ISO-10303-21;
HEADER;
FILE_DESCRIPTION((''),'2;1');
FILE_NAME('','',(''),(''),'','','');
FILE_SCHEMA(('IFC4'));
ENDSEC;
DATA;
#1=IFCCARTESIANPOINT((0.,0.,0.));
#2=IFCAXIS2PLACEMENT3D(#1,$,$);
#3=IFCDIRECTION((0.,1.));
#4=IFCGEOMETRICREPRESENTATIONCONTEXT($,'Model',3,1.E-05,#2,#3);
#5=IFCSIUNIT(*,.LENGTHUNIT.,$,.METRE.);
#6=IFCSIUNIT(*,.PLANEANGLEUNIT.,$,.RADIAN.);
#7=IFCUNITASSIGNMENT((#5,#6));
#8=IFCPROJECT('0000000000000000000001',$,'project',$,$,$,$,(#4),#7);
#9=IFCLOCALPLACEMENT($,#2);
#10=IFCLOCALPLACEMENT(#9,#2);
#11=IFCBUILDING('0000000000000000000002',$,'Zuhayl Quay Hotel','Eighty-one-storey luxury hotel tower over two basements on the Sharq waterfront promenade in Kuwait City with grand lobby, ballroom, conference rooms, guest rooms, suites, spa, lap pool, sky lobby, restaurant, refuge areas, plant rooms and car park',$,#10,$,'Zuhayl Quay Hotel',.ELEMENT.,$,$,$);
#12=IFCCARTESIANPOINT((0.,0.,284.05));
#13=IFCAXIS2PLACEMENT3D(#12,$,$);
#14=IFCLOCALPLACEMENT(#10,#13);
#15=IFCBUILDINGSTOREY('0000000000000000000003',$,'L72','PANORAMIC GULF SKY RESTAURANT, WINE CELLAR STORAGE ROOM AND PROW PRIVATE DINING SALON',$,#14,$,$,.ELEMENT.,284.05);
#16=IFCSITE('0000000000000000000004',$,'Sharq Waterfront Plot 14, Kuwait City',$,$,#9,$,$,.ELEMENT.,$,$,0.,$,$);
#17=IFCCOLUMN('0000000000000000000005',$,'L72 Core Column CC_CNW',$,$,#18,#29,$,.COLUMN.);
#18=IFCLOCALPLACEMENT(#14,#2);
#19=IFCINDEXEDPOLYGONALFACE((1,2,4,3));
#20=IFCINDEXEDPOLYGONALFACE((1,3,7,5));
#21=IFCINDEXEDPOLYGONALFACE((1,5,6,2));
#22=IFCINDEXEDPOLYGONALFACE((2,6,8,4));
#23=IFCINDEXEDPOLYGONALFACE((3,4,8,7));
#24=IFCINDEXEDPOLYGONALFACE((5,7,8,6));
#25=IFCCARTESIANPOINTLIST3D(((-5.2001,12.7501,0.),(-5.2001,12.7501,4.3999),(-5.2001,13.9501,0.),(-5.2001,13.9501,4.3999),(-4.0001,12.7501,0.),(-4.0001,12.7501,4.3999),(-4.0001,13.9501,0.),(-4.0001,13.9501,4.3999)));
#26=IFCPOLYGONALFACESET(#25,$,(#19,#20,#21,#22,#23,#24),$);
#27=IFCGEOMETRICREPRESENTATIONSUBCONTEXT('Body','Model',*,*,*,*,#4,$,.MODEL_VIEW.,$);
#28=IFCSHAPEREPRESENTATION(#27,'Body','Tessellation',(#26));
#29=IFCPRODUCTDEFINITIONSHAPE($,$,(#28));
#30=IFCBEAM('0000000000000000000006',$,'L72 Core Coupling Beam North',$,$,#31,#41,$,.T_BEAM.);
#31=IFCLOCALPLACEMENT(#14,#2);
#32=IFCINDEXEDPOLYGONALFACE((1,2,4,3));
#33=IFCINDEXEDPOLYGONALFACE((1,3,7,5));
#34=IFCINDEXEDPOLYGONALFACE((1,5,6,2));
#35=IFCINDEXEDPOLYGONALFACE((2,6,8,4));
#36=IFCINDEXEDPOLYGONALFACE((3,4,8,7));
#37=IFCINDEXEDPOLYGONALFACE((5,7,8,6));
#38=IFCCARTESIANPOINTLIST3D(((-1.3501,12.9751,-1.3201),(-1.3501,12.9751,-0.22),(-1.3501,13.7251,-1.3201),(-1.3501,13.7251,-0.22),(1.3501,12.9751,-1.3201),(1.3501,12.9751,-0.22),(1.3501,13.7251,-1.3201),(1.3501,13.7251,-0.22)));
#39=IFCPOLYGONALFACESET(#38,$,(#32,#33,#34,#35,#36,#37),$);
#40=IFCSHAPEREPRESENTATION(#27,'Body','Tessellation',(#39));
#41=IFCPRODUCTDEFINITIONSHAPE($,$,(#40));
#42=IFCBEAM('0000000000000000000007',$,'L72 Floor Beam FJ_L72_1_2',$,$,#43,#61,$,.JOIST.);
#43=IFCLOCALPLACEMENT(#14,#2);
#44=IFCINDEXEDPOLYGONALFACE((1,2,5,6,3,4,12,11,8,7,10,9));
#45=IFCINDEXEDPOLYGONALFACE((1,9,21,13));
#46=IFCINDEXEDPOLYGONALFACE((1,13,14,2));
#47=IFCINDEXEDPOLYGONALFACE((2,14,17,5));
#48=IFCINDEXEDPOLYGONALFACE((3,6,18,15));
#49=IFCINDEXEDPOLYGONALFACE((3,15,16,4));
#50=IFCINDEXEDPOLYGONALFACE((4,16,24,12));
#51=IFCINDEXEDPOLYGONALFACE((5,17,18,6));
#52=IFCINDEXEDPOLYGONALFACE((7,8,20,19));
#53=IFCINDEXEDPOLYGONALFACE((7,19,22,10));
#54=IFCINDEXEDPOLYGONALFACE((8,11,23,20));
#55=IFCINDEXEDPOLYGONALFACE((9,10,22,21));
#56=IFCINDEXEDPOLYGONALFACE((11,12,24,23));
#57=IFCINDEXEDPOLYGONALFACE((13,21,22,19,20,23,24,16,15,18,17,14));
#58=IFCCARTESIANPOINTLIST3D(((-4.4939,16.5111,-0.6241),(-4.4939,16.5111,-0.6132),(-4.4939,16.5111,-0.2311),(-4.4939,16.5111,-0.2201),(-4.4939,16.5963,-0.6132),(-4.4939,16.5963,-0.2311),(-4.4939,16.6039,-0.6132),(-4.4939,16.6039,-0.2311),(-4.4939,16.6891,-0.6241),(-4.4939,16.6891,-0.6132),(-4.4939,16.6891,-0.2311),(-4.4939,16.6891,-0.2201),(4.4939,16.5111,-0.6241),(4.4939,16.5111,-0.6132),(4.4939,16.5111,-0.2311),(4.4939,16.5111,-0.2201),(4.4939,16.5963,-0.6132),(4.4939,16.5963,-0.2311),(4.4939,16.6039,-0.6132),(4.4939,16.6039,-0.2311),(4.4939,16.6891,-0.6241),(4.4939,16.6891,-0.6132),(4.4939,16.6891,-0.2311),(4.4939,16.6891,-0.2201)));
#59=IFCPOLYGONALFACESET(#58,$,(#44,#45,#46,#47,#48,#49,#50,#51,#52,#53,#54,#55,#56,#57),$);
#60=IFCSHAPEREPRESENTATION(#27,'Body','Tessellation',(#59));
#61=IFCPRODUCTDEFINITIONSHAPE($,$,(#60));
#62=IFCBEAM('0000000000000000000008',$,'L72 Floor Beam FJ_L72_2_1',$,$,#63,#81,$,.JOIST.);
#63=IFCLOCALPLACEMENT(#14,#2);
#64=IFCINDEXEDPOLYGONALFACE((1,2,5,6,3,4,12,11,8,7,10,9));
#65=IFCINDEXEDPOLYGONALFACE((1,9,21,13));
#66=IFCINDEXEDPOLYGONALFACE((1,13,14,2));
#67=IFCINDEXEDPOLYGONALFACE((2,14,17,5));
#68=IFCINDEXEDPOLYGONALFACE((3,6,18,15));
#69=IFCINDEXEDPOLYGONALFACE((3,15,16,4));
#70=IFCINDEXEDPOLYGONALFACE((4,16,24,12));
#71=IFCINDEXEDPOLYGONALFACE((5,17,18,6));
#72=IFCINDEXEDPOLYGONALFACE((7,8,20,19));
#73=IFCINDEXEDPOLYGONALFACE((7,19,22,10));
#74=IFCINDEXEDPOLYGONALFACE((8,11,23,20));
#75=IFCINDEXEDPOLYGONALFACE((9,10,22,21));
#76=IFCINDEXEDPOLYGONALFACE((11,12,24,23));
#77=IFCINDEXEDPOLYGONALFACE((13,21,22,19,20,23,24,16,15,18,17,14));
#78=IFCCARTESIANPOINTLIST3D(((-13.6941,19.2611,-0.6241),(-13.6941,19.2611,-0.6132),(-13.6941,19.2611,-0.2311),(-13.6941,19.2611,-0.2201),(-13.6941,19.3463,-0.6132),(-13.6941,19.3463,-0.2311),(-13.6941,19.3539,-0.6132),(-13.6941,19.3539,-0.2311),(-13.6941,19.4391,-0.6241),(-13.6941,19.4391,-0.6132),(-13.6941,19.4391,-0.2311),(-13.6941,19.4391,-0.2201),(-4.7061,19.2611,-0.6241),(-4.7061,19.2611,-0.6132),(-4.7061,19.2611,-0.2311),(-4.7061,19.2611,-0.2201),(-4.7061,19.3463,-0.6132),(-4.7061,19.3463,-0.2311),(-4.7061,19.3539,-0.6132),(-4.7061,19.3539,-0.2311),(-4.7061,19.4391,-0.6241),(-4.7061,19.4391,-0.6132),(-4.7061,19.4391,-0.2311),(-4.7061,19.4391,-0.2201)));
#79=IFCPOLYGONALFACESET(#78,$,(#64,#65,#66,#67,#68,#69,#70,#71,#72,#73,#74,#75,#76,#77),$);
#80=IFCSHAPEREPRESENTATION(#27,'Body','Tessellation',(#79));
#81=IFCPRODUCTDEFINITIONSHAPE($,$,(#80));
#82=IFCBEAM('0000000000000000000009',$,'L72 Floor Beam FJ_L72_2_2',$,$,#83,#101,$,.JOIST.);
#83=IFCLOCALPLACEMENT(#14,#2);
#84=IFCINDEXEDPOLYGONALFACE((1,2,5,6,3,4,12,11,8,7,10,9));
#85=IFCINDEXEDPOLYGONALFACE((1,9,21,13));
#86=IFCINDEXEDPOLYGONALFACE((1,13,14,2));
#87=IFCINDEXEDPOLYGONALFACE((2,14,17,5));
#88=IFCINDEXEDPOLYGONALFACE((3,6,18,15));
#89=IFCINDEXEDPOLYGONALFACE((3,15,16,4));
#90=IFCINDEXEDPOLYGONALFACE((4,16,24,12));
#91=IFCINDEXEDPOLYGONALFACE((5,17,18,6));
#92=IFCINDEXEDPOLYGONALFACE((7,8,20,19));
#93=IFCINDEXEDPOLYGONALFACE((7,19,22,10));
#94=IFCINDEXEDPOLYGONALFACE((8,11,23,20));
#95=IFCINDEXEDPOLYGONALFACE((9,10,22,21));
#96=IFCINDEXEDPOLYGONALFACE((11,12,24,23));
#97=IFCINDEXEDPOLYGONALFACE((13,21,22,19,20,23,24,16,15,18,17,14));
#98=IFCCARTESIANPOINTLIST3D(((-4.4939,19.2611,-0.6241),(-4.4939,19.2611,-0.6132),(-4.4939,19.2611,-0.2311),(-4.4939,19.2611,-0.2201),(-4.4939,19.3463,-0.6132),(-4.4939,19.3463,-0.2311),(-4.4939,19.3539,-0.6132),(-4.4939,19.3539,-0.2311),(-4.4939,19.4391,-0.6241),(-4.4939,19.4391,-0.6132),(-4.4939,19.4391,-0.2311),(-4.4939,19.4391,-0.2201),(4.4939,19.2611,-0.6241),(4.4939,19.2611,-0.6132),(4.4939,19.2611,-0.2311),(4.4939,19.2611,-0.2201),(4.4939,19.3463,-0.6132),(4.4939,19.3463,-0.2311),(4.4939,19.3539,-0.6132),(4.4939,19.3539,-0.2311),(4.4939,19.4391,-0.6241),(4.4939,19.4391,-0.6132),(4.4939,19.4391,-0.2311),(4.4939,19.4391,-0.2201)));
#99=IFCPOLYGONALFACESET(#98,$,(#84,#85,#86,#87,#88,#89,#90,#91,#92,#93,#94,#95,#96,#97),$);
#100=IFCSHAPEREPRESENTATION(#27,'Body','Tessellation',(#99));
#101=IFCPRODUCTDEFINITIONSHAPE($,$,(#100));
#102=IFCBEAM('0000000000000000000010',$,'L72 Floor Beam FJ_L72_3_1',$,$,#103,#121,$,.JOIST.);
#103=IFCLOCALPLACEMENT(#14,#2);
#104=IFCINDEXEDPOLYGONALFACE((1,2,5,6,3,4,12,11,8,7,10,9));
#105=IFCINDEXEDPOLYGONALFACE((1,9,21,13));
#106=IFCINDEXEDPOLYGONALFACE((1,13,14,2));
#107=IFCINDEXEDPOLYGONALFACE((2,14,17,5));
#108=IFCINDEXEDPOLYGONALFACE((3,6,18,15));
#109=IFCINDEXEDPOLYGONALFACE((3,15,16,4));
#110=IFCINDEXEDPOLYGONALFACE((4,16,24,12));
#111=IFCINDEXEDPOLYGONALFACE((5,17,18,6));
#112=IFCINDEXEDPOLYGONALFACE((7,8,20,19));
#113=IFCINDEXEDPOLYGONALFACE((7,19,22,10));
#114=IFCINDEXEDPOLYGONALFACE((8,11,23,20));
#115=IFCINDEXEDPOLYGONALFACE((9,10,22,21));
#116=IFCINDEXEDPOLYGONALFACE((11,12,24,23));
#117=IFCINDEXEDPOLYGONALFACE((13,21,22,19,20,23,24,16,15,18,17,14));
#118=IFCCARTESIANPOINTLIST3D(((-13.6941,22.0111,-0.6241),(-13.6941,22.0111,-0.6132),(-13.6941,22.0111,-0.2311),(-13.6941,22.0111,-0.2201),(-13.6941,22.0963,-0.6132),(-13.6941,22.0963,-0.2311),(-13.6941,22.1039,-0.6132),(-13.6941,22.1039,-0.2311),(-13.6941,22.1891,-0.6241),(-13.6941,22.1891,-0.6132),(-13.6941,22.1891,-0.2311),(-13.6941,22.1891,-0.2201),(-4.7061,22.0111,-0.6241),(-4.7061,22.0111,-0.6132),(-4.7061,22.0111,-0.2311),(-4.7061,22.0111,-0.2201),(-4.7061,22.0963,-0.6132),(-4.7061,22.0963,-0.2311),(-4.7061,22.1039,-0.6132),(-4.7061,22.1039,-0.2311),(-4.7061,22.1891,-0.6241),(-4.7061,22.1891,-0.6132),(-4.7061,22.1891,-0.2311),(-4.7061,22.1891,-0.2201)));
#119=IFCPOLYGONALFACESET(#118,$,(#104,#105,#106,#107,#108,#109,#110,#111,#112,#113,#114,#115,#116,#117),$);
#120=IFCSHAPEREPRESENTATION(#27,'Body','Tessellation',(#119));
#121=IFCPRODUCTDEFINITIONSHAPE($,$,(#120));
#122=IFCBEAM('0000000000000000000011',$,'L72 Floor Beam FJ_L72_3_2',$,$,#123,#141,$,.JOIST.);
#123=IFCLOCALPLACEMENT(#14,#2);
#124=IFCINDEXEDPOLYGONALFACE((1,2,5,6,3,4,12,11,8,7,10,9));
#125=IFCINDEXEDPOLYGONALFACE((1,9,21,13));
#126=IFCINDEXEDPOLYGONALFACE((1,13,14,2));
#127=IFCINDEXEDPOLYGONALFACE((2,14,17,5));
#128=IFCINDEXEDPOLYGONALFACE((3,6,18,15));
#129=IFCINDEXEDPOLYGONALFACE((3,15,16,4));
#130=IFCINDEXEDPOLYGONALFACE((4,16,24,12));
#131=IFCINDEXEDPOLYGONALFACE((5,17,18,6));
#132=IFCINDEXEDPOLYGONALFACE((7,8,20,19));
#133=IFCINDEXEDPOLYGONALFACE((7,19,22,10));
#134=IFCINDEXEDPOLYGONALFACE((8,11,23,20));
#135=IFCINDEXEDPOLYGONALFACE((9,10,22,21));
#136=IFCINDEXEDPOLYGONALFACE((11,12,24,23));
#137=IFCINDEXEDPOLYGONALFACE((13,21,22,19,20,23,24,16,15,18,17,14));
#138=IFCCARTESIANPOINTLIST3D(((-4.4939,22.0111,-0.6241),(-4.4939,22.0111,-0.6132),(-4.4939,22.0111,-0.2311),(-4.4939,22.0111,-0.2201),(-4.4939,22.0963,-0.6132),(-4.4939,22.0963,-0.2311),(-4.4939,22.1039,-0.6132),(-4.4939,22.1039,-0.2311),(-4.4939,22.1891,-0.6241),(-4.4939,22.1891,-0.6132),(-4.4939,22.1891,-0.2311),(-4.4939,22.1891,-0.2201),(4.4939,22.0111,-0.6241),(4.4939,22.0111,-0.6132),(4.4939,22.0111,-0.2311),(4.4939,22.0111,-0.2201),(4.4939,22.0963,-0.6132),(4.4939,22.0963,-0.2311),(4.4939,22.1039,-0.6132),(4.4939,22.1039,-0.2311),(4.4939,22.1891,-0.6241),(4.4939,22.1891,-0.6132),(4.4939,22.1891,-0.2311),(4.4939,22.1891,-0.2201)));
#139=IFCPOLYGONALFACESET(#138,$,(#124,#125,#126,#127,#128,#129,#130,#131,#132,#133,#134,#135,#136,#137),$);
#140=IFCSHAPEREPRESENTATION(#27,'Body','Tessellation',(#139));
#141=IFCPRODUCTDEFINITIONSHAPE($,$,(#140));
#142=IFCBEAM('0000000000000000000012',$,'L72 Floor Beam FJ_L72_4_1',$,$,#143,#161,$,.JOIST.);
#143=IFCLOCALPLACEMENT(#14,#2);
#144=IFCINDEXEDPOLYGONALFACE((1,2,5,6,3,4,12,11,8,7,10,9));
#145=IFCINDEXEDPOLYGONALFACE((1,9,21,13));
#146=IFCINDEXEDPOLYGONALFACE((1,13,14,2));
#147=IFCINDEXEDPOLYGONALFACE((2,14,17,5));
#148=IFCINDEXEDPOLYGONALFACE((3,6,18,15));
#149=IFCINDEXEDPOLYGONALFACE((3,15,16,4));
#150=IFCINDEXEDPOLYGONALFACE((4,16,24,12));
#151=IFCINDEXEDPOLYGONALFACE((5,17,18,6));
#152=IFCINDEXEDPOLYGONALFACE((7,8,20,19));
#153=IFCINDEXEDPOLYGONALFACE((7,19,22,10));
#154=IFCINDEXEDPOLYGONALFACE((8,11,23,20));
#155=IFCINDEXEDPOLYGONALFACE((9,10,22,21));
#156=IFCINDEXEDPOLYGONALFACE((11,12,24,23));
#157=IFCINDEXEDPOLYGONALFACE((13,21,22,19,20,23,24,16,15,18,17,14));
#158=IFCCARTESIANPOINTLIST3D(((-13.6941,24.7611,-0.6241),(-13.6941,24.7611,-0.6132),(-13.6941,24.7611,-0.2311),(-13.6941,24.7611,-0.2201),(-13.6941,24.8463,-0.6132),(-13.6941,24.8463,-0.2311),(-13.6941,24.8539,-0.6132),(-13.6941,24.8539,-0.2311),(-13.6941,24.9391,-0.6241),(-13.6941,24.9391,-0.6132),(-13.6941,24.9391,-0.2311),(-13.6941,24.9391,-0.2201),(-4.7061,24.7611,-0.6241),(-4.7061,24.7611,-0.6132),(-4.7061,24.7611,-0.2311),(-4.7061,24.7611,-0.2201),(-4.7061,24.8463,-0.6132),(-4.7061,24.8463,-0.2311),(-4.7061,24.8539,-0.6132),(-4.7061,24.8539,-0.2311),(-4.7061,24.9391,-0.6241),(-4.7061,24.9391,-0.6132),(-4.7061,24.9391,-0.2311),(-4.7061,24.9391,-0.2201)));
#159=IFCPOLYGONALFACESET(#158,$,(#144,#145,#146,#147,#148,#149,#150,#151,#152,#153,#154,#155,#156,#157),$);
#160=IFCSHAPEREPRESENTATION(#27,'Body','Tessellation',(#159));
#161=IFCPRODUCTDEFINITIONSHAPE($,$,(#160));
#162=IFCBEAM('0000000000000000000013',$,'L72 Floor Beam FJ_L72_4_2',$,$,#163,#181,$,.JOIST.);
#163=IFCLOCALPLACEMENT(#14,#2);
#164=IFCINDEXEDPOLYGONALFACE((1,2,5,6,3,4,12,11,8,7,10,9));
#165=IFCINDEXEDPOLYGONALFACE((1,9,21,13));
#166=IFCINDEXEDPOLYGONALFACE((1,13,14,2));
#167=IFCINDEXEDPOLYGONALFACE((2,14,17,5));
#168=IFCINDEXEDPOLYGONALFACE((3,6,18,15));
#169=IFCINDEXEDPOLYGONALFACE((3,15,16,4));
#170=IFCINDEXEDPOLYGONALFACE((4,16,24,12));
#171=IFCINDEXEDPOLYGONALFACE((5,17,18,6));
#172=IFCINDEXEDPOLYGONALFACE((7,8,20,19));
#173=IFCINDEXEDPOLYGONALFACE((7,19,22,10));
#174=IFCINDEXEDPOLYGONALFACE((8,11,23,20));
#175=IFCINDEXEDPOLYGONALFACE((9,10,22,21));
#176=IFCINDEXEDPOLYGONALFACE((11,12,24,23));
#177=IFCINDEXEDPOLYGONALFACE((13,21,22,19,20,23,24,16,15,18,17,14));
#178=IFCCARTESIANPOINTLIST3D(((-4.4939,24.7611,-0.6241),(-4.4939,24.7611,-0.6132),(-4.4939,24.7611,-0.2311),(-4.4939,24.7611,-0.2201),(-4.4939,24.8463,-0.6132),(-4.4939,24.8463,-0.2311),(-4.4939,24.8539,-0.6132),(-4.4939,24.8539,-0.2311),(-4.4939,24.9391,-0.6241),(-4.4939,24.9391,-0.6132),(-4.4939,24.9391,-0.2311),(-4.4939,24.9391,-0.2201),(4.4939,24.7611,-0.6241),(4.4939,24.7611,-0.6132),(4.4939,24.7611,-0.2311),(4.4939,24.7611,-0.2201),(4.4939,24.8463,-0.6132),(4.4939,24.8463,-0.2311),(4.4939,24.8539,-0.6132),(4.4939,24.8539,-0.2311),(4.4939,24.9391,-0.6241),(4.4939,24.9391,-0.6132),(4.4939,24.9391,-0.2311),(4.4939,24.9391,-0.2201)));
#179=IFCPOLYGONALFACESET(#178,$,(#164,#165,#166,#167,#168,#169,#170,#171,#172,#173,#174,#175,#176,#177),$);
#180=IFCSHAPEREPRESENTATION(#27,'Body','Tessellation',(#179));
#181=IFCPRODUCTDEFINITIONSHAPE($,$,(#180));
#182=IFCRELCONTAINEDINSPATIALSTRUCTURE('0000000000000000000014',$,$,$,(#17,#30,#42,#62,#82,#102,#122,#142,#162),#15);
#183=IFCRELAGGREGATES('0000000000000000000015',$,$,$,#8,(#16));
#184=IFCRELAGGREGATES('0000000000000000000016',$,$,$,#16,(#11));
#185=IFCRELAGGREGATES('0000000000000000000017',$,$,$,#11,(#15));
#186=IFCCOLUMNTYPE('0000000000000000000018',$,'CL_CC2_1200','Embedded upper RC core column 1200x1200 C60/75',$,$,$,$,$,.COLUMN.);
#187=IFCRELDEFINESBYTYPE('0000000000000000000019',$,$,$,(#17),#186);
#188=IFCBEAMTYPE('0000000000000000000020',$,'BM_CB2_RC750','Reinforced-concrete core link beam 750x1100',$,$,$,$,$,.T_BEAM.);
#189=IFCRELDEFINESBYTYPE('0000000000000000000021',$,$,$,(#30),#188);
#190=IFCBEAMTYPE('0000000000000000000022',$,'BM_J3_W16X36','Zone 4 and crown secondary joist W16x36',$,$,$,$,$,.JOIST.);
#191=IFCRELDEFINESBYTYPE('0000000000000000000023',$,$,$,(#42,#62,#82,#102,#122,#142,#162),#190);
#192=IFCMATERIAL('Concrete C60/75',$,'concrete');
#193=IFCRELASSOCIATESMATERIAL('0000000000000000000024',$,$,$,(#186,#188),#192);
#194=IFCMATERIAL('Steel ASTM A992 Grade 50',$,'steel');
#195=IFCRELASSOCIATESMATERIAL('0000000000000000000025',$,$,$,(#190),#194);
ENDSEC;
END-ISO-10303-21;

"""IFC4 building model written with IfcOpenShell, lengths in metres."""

from ifc_helpers import new_model, si_unit, direction, frame, origin, origin_2d, place, context, subcontext, project, spatial, rectangle, i_section, extrude, material, material_profile, profile_set, type_object, element, save


model = new_model("IFC4")

# Units and contexts
model_context = context("Model", 3, precision=1e-05, world=origin(), true_north=direction((0.0, 1.0)))
body_context = subcontext(model_context, "Body", "Model", "MODEL_VIEW")
ifc_project = project(units=[si_unit("LENGTHUNIT", "METRE"), si_unit("PLANEANGLEUNIT", "RADIAN")], contexts=[model_context])

# Site, building, storey
site_placement = place(None, origin())
site = spatial("IfcSite", under=ifc_project, at=site_placement, Name="Sharq Waterfront Plot 14, Kuwait City", CompositionType="ELEMENT", RefElevation=0.0)
building_placement = place(site_placement, origin())
building = spatial("IfcBuilding", under=site, at=building_placement, Name="Zuhayl Quay Hotel", Description="Eighty-one-storey luxury hotel tower over two basements on the Sharq waterfront promenade in Kuwait City with grand lobby, ballroom, conference rooms, guest rooms, suites, spa, lap pool, sky lobby, restaurant, refuge areas, plant rooms and car park", LongName="Zuhayl Quay Hotel", CompositionType="ELEMENT")
storey_placement = place(building_placement, frame((0.0, 0.0, 284.05)))
storey = spatial("IfcBuildingStorey", under=building, at=storey_placement, Name="L72", Description="PANORAMIC GULF SKY RESTAURANT, WINE CELLAR STORAGE ROOM AND PROW PRIVATE DINING SALON", CompositionType="ELEMENT", Elevation=284.05)

# Column
ifc_material_1 = material(Name="Concrete C60/75", Category="concrete")
ifc_material_profile_1 = material_profile(ifc_material_1, rectangle(XDim=1.2, YDim=1.2, at=origin_2d()), Name="RC1200X1200")
ifc_profile_set_1 = profile_set([ifc_material_profile_1], Name="Concrete C60/75")
column_type = type_object("IfcColumnType", Name="CL_CC2_1200", Description="Embedded upper RC core column 1200x1200 C60/75", PredefinedType="COLUMN", material=ifc_profile_set_1)
column_placement = place(storey_placement, frame((-4.6001, 13.3501, 0.0), z_axis=(0.0, 0.0, 1.0), x_axis=(1.0, 0.0, 0.0)))
element("IfcColumn", 1, at=column_placement, inside=storey, type_object=column_type, Name="L72 Core Column CC_CNW", PredefinedType="COLUMN", context=body_context, shape_type="SweptSolid", body=[
    extrude(rectangle(XDim=1.2, YDim=1.2, at=origin_2d()), origin(), (0.0, 0.0, 1.0), 4.3999),
])

# Beams
ifc_material_profile_2 = material_profile(ifc_material_1, rectangle(XDim=0.75, YDim=1.1001, at=origin_2d()), Name="RC750X1100")
ifc_profile_set_2 = profile_set([ifc_material_profile_2], Name="Concrete C60/75")
beam_type_1 = type_object("IfcBeamType", Name="BM_CB2_RC750", Description="Reinforced-concrete core link beam 750x1100", PredefinedType="T_BEAM", material=ifc_profile_set_2)
beam_1_placement = place(storey_placement, frame((-1.3501, 13.3501, -0.77), z_axis=(1.0, 0.0, 0.0), x_axis=(0.0, 1.0, 0.0)))
element("IfcBeam", 2, at=beam_1_placement, inside=storey, type_object=beam_type_1, Name="L72 Core Coupling Beam North", PredefinedType="T_BEAM", context=body_context, shape_type="SweptSolid", body=[
    extrude(rectangle(XDim=0.75, YDim=1.1001, at=origin_2d()), origin(), (0.0, 0.0, 1.0), 2.7002),
])
ifc_material_2 = material(Name="Steel ASTM A992 Grade 50", Category="steel")
ifc_material_profile_3 = material_profile(ifc_material_2, i_section(OverallWidth=0.178, OverallDepth=0.4041, WebThickness=0.0076, FlangeThickness=0.011, at=origin_2d()), Name="W16X36")
ifc_profile_set_3 = profile_set([ifc_material_profile_3], Name="Steel ASTM A992 Grade 50")
beam_type_2 = type_object("IfcBeamType", Name="BM_J3_W16X36", Description="Zone 4 and crown secondary joist W16x36", PredefinedType="JOIST", material=ifc_profile_set_3)
beam_2_placement = place(storey_placement, frame((-4.4939, 16.6001, -0.4221), z_axis=(1.0, 0.0, 0.0), x_axis=(0.0, 1.0, 0.0)))
element("IfcBeam", 3, at=beam_2_placement, inside=storey, type_object=beam_type_2, Name="L72 Floor Beam FJ_L72_1_2", PredefinedType="JOIST", context=body_context, shape_type="SweptSolid", body=[
    extrude(i_section(OverallWidth=0.178, OverallDepth=0.4041, WebThickness=0.0076, FlangeThickness=0.011, at=origin_2d()), origin(), (0.0, 0.0, 1.0), 8.9878),
])
beam_3_placement = place(storey_placement, frame((-13.6941, 19.3501, -0.4221), z_axis=(1.0, 0.0, 0.0), x_axis=(0.0, 1.0, 0.0)))
element("IfcBeam", 4, at=beam_3_placement, inside=storey, type_object=beam_type_2, Name="L72 Floor Beam FJ_L72_2_1", PredefinedType="JOIST", context=body_context, shape_type="SweptSolid", body=[
    extrude(i_section(OverallWidth=0.178, OverallDepth=0.4041, WebThickness=0.0076, FlangeThickness=0.011, at=origin_2d()), origin(), (0.0, 0.0, 1.0), 8.988),
])
beam_4_placement = place(storey_placement, frame((-4.4939, 19.3501, -0.4221), z_axis=(1.0, 0.0, 0.0), x_axis=(0.0, 1.0, 0.0)))
element("IfcBeam", 5, at=beam_4_placement, inside=storey, type_object=beam_type_2, Name="L72 Floor Beam FJ_L72_2_2", PredefinedType="JOIST", context=body_context, shape_type="SweptSolid", body=[
    extrude(i_section(OverallWidth=0.178, OverallDepth=0.4041, WebThickness=0.0076, FlangeThickness=0.011, at=origin_2d()), origin(), (0.0, 0.0, 1.0), 8.9878),
])
beam_5_placement = place(storey_placement, frame((-13.6941, 22.1001, -0.4221), z_axis=(1.0, 0.0, 0.0), x_axis=(0.0, 1.0, 0.0)))
element("IfcBeam", 6, at=beam_5_placement, inside=storey, type_object=beam_type_2, Name="L72 Floor Beam FJ_L72_3_1", PredefinedType="JOIST", context=body_context, shape_type="SweptSolid", body=[
    extrude(i_section(OverallWidth=0.178, OverallDepth=0.4041, WebThickness=0.0076, FlangeThickness=0.011, at=origin_2d()), origin(), (0.0, 0.0, 1.0), 8.988),
])
beam_6_placement = place(storey_placement, frame((-4.4939, 22.1001, -0.4221), z_axis=(1.0, 0.0, 0.0), x_axis=(0.0, 1.0, 0.0)))
element("IfcBeam", 7, at=beam_6_placement, inside=storey, type_object=beam_type_2, Name="L72 Floor Beam FJ_L72_3_2", PredefinedType="JOIST", context=body_context, shape_type="SweptSolid", body=[
    extrude(i_section(OverallWidth=0.178, OverallDepth=0.4041, WebThickness=0.0076, FlangeThickness=0.011, at=origin_2d()), origin(), (0.0, 0.0, 1.0), 8.9878),
])
beam_7_placement = place(storey_placement, frame((-13.6941, 24.8501, -0.4221), z_axis=(1.0, 0.0, 0.0), x_axis=(0.0, 1.0, 0.0)))
element("IfcBeam", 8, at=beam_7_placement, inside=storey, type_object=beam_type_2, Name="L72 Floor Beam FJ_L72_4_1", PredefinedType="JOIST", context=body_context, shape_type="SweptSolid", body=[
    extrude(i_section(OverallWidth=0.178, OverallDepth=0.4041, WebThickness=0.0076, FlangeThickness=0.011, at=origin_2d()), origin(), (0.0, 0.0, 1.0), 8.988),
])
beam_8_placement = place(storey_placement, frame((-4.4939, 24.8501, -0.4221), z_axis=(1.0, 0.0, 0.0), x_axis=(0.0, 1.0, 0.0)))
element("IfcBeam", 9, at=beam_8_placement, inside=storey, type_object=beam_type_2, Name="L72 Floor Beam FJ_L72_4_2", PredefinedType="JOIST", context=body_context, shape_type="SweptSolid", body=[
    extrude(i_section(OverallWidth=0.178, OverallDepth=0.4041, WebThickness=0.0076, FlangeThickness=0.011, at=origin_2d()), origin(), (0.0, 0.0, 1.0), 8.9878),
])

save(model, "model.ifc")
